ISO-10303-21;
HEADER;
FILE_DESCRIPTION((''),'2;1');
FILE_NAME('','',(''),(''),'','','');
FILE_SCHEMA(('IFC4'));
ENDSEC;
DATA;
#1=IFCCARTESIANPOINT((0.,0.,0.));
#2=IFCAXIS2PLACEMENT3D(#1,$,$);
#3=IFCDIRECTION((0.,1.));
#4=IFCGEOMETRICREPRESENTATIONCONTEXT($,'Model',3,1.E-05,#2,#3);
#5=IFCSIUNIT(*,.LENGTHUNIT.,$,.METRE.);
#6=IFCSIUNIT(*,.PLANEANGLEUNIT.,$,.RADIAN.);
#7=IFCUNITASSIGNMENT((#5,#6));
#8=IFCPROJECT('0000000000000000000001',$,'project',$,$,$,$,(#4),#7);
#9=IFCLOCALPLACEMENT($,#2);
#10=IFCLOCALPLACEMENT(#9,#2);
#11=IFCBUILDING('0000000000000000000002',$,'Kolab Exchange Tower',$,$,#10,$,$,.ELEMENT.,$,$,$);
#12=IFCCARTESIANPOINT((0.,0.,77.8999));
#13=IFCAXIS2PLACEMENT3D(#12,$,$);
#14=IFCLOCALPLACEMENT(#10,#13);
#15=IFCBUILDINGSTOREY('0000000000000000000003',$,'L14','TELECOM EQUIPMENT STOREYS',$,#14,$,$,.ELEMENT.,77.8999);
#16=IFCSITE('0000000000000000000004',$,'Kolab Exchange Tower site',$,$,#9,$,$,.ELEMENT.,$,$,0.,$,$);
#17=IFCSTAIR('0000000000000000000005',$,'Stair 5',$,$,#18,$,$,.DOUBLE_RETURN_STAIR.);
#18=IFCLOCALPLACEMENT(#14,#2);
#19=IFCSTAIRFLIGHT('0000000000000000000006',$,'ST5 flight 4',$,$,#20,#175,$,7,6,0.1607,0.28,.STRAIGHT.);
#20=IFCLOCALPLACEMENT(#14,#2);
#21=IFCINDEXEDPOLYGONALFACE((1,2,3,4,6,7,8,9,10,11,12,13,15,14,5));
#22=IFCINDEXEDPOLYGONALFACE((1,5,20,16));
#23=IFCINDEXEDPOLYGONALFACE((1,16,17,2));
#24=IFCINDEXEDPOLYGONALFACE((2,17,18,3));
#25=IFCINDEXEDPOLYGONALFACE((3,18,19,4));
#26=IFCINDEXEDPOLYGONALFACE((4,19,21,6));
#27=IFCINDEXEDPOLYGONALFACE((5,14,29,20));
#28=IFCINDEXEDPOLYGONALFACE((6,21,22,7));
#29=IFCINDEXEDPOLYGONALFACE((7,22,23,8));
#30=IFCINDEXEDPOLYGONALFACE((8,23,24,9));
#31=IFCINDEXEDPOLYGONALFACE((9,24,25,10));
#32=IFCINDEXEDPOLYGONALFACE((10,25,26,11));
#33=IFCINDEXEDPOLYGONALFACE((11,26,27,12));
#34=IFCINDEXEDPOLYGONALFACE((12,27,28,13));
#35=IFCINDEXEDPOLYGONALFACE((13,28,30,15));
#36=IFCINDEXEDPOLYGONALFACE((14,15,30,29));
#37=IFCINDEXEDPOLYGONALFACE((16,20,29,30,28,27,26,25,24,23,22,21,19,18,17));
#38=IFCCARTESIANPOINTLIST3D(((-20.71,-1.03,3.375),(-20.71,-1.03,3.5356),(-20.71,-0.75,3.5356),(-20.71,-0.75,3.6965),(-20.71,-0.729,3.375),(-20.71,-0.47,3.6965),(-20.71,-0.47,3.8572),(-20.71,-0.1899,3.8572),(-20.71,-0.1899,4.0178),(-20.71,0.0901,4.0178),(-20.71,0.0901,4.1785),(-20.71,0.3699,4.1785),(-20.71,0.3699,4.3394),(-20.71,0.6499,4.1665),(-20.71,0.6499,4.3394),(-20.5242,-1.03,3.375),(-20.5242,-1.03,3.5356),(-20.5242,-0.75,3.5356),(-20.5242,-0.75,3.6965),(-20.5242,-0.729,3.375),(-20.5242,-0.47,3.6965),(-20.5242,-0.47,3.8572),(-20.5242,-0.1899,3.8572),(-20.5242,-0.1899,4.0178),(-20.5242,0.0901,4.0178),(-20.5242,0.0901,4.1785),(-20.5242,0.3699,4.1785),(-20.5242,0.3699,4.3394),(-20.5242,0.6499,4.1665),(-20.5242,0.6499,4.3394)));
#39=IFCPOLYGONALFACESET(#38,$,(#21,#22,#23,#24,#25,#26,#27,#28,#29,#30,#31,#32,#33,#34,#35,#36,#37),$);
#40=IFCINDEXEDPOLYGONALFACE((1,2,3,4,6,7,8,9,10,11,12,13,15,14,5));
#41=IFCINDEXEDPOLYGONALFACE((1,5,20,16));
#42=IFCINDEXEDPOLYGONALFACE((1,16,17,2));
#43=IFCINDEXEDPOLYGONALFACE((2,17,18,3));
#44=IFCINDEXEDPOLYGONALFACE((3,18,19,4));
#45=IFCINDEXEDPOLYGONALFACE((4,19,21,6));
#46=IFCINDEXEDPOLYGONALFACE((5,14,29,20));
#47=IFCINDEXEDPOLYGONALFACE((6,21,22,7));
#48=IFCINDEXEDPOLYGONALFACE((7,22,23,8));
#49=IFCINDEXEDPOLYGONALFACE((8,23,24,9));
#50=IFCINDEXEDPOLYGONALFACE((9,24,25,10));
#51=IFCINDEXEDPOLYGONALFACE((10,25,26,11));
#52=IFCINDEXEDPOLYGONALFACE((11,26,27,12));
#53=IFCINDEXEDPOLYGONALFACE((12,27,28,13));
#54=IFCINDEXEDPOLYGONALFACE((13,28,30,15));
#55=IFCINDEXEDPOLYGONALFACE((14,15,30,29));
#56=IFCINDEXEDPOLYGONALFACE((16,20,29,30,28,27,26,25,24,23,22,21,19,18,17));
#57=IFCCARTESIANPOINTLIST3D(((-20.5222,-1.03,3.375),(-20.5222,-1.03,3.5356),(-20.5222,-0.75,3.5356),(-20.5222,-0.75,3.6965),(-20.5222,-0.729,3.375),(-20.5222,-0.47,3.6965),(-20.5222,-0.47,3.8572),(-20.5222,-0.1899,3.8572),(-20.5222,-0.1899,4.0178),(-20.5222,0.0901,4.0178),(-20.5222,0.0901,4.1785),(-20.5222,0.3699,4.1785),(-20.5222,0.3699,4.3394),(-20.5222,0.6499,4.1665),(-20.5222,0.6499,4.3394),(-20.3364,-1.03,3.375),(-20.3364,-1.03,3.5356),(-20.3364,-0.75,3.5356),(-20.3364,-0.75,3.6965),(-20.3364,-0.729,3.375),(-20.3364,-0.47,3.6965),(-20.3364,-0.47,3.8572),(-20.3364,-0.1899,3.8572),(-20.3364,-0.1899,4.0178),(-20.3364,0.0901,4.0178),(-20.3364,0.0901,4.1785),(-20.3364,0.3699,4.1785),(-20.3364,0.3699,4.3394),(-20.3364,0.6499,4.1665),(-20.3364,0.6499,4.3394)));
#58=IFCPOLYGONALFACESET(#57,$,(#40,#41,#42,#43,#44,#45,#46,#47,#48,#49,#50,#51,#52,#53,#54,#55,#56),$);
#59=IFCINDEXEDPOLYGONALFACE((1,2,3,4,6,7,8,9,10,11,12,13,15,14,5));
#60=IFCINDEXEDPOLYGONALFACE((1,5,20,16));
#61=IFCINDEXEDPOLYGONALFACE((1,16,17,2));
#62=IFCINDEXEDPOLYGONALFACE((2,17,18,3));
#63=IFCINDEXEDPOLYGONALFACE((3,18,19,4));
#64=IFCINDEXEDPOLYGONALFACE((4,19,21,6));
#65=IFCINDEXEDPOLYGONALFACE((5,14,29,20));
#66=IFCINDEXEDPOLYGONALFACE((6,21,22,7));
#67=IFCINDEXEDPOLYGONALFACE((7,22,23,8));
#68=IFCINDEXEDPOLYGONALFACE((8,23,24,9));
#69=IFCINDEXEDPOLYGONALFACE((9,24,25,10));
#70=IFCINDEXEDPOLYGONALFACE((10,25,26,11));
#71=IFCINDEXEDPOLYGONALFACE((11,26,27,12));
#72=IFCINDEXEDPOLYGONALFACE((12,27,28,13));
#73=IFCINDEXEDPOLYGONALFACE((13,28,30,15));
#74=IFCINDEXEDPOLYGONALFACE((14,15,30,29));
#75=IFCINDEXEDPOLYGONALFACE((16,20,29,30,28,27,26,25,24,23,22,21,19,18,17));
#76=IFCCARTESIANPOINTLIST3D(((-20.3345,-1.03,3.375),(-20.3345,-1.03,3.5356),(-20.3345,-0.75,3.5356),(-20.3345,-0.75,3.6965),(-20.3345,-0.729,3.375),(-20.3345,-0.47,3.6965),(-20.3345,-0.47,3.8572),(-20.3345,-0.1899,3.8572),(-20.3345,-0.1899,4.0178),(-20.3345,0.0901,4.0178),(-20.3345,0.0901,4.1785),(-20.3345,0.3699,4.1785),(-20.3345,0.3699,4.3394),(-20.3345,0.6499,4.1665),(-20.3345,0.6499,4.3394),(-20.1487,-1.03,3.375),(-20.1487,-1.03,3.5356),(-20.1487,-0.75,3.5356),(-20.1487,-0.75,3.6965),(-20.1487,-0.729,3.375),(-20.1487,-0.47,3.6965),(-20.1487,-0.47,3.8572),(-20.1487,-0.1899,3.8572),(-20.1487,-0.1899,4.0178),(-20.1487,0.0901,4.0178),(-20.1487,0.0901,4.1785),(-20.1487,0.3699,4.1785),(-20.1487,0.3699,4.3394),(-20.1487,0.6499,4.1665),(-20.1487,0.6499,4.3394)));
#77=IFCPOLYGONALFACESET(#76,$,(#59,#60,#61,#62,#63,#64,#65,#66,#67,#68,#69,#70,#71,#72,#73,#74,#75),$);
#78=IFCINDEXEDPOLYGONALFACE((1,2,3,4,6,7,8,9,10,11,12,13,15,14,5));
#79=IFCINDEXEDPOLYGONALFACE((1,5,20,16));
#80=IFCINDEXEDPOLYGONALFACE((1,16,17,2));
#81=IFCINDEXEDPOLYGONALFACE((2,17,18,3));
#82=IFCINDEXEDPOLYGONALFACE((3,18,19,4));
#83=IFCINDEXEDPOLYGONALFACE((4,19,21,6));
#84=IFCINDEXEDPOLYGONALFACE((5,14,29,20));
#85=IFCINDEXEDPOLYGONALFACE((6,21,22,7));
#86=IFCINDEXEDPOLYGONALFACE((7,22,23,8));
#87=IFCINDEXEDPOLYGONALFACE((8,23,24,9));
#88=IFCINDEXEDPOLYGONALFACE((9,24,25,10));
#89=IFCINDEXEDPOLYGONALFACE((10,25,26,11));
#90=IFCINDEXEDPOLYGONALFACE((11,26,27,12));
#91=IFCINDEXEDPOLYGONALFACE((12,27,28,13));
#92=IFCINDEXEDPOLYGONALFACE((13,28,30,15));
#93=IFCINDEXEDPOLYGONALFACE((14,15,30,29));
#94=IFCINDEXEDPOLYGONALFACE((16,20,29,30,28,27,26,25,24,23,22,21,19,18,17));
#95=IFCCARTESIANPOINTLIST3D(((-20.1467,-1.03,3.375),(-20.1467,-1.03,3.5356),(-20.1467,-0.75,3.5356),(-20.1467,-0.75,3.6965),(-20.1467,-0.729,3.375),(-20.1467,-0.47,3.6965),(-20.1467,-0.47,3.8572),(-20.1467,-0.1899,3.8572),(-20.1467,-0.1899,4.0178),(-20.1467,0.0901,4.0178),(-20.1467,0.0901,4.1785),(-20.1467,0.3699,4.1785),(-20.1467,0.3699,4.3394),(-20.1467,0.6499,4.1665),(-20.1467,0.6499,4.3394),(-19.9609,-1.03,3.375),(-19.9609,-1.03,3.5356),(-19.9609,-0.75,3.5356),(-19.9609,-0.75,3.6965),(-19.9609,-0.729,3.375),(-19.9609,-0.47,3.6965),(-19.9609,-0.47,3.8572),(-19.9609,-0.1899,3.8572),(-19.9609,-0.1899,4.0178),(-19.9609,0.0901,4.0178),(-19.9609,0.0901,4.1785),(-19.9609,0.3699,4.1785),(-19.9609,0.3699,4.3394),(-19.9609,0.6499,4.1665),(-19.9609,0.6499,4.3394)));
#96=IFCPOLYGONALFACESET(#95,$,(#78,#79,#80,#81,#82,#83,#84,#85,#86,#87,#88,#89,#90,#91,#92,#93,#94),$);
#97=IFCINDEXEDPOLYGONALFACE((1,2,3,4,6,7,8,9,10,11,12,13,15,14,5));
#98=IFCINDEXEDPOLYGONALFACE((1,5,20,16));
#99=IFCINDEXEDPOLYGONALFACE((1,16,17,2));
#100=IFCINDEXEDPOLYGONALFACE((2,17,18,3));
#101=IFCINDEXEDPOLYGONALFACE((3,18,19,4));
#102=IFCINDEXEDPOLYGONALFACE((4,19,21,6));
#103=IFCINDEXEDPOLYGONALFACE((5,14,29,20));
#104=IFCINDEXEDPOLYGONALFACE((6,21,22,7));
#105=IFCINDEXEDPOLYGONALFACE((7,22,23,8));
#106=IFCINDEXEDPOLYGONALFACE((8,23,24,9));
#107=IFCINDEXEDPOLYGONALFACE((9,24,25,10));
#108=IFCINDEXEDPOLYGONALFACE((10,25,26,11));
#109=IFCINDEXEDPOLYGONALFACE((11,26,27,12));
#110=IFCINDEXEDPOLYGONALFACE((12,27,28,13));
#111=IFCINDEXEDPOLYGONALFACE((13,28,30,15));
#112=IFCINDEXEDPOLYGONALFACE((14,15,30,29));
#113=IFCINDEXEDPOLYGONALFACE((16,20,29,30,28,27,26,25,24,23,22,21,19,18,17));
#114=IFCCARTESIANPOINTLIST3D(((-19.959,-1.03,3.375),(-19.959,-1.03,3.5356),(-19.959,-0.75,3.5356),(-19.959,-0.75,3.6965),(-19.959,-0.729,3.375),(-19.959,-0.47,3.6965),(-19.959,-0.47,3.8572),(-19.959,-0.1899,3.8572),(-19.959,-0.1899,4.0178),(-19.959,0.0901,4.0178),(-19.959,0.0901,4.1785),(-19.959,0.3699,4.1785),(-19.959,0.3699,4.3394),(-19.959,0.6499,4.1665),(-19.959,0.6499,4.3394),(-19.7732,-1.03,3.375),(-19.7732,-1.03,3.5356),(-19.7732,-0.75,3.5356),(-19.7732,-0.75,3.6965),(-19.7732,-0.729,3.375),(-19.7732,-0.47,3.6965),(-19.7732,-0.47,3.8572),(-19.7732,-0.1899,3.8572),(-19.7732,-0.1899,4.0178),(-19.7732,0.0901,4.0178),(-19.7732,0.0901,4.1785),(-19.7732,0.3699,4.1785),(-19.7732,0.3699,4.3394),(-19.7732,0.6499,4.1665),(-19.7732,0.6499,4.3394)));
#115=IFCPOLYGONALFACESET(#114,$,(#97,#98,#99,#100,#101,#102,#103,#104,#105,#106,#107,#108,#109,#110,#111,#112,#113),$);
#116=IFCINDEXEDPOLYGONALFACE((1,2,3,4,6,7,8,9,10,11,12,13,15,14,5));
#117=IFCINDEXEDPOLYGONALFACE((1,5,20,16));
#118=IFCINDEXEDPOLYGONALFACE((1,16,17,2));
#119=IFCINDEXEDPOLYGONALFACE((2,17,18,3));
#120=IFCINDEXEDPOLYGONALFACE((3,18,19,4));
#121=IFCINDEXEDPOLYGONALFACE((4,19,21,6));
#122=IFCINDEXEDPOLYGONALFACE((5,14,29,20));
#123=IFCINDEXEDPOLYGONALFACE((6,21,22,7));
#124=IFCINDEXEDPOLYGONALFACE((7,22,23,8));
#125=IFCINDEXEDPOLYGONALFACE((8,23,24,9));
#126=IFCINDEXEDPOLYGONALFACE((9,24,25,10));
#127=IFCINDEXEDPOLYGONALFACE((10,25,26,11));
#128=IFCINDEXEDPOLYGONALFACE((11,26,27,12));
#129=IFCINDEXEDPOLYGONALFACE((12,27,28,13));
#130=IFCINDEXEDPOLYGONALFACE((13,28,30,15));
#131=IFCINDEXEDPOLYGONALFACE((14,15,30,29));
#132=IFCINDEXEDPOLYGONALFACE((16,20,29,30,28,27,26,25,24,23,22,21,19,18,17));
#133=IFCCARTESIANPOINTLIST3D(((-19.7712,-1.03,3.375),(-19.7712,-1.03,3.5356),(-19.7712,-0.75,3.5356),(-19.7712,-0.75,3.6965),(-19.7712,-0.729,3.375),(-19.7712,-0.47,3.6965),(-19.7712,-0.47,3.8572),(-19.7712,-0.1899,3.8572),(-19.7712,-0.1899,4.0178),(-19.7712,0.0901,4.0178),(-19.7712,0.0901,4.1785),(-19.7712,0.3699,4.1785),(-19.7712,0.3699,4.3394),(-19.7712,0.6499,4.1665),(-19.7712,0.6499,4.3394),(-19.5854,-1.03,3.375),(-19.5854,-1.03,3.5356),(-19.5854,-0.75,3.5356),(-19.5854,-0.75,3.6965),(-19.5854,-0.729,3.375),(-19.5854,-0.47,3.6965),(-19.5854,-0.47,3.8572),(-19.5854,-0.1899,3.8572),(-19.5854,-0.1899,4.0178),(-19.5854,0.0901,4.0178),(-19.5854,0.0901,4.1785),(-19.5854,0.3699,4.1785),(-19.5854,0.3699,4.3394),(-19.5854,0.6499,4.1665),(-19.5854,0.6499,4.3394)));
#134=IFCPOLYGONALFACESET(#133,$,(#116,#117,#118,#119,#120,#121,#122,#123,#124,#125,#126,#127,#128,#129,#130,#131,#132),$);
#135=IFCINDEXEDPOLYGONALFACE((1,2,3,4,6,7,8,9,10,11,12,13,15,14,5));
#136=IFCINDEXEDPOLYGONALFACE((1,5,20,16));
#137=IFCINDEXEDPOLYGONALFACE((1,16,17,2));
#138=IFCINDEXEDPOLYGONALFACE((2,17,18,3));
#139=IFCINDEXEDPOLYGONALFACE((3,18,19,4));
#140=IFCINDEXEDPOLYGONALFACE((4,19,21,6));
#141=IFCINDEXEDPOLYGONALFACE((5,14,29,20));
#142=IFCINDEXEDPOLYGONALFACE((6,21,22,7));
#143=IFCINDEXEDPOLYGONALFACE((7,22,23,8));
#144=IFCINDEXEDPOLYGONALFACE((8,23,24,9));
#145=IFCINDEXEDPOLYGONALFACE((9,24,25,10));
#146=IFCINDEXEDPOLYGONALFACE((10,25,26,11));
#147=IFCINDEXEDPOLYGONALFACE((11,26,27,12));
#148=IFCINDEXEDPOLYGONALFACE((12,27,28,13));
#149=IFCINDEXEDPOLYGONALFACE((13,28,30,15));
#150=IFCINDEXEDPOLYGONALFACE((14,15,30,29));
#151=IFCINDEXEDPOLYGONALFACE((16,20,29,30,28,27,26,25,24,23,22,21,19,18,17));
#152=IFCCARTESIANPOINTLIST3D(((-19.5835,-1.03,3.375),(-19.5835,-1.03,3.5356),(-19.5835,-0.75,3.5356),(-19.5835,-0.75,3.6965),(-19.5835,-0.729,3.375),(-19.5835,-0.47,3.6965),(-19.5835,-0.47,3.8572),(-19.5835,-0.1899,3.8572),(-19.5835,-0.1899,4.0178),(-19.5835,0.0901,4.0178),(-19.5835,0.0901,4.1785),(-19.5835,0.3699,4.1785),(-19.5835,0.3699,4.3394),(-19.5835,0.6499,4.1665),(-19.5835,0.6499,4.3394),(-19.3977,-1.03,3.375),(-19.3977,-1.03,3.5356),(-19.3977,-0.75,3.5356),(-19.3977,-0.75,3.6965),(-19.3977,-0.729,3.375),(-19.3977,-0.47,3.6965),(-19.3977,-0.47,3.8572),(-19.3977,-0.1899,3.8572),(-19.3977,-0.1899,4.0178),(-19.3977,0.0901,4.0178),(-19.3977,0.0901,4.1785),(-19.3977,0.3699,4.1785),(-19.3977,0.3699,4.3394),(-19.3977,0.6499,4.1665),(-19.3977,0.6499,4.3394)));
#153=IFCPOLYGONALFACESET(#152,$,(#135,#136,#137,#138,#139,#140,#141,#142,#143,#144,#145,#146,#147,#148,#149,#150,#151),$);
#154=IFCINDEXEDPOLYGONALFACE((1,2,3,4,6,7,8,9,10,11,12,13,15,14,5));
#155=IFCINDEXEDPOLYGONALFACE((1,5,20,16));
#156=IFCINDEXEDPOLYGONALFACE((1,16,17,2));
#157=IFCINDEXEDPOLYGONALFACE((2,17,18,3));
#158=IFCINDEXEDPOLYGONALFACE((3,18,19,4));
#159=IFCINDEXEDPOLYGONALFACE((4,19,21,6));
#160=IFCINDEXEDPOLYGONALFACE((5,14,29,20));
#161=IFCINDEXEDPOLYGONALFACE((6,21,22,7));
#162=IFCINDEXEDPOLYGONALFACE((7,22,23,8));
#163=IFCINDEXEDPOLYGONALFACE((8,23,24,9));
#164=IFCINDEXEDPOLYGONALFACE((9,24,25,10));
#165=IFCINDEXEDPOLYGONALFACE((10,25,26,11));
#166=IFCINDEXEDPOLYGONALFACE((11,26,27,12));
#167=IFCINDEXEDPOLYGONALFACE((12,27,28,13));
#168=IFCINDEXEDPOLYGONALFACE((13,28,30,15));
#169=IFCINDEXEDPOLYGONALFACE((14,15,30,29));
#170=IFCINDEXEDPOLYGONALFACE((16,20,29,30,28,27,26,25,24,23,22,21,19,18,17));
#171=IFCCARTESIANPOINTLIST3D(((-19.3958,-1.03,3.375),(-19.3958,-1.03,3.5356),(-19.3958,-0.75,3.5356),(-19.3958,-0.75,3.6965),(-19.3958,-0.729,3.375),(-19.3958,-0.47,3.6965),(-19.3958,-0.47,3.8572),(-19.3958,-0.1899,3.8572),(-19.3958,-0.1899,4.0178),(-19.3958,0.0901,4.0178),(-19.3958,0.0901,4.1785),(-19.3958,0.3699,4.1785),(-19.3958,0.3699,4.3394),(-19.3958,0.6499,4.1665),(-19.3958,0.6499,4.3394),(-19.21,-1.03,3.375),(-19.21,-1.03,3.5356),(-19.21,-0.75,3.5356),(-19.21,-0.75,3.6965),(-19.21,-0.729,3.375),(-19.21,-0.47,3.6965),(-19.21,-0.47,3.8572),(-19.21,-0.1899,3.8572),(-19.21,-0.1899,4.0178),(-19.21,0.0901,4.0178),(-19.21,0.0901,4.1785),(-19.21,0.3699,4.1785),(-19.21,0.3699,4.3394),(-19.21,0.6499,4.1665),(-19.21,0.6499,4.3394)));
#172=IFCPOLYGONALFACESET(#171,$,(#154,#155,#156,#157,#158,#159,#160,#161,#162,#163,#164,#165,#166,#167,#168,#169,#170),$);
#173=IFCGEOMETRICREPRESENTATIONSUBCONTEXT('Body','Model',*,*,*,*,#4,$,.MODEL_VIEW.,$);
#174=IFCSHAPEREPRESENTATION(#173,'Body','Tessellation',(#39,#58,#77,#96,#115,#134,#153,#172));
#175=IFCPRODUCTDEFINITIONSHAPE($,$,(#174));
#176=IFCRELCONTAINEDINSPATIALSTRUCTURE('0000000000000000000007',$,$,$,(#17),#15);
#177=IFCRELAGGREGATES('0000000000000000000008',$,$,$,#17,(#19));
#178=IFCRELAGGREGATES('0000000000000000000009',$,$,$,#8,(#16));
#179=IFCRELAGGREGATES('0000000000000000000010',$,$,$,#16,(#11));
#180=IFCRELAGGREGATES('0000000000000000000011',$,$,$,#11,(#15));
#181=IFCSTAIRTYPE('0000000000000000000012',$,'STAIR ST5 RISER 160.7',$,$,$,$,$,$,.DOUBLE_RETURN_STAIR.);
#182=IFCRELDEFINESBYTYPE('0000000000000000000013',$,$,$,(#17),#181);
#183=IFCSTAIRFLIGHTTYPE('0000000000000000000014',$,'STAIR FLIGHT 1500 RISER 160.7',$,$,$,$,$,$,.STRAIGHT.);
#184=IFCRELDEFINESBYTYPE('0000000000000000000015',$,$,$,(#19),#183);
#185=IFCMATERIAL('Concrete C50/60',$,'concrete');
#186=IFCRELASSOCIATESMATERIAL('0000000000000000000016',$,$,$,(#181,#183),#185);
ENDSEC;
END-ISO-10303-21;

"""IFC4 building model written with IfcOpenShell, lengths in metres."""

from ifc_helpers import new_model, si_unit, direction, frame, origin, place, context, subcontext, project, spatial, polyline, outline, extrude, material, type_object, element, aggregate, save


model = new_model("IFC4")

# Units and contexts
model_context = context("Model", 3, precision=1e-05, world=origin(), true_north=direction((0.0, 1.0)))
body_context = subcontext(model_context, "Body", "Model", "MODEL_VIEW")
ifc_project = project(units=[si_unit("LENGTHUNIT", "METRE"), si_unit("PLANEANGLEUNIT", "RADIAN")], contexts=[model_context])

# Site, building, storey
site_placement = place(None, origin())
site = spatial("IfcSite", under=ifc_project, at=site_placement, Name="Kolab Exchange Tower site", CompositionType="ELEMENT", RefElevation=0.0)
building_placement = place(site_placement, origin())
building = spatial("IfcBuilding", under=site, at=building_placement, Name="Kolab Exchange Tower", CompositionType="ELEMENT")
storey_placement = place(building_placement, frame((0.0, 0.0, 77.8999)))
storey = spatial("IfcBuildingStorey", under=building, at=storey_placement, Name="L14", Description="TELECOM EQUIPMENT STOREYS", CompositionType="ELEMENT", Elevation=77.8999)

# Shared definitions
ifc_material_1 = material(Name="Concrete C50/60", Category="concrete")

# Stair, stair flight
stair_type = type_object("IfcStairType", Name="STAIR ST5 RISER 160.7", PredefinedType="DOUBLE_RETURN_STAIR", material=ifc_material_1)
stair_placement = place(storey_placement, origin())
stair = element("IfcStair", 1, at=stair_placement, inside=storey, type_object=stair_type, Name="Stair 5", PredefinedType="DOUBLE_RETURN_STAIR")
stair_flight_type = type_object("IfcStairFlightType", Name="STAIR FLIGHT 1500 RISER 160.7", PredefinedType="STRAIGHT", material=ifc_material_1)
stair_flight_1_placement = place(storey_placement, frame((-19.96, -1.03, 3.375), z_axis=(0.0, 0.0, 1.0), x_axis=(0.0, 1.0, 0.0)))
stair_flight_1 = element("IfcStairFlight", 2, at=stair_flight_1_placement, type_object=stair_flight_type, Name="ST5 flight 4", NumberOfRisers=7, NumberOfTreads=6, PredefinedType="STRAIGHT", RiserHeight=0.1607, TreadLength=0.28, context=body_context, shape_type="SweptSolid", body=[
    extrude(outline(polyline([(0.0, 0.0), (0.0, 0.1606), (0.28, 0.1606), (0.28, 0.3215), (0.5601, 0.3215), (0.5601, 0.4822), (0.8401, 0.4822), (0.8401, 0.6428), (1.1201, 0.6428), (1.1201, 0.8035), (1.3999, 0.8035), (1.3999, 0.9644), (1.6799, 0.9644), (1.6799, 1.125), (1.6799, 0.7915), (0.301, 0.0), (0.0, 0.0)])), frame((0.0, 0.75, 0.0), z_axis=(0.0, -1.0, 0.0), x_axis=(1.0, 0.0, 0.0)), (0.0, 0.0, 1.0), 0.1858),
    extrude(outline(polyline([(0.0, 0.0), (0.0, 0.1606), (0.28, 0.1606), (0.28, 0.3215), (0.5601, 0.3215), (0.5601, 0.4822), (0.8401, 0.4822), (0.8401, 0.6428), (1.1201, 0.6428), (1.1201, 0.8035), (1.3999, 0.8035), (1.3999, 0.9644), (1.6799, 0.9644), (1.6799, 1.125), (1.6799, 0.7915), (0.301, 0.0), (0.0, 0.0)])), frame((0.0, 0.5623, 0.0), z_axis=(0.0, -1.0, 0.0), x_axis=(1.0, 0.0, 0.0)), (0.0, 0.0, 1.0), 0.1858),
    extrude(outline(polyline([(0.0, 0.0), (0.0, 0.1606), (0.28, 0.1606), (0.28, 0.3215), (0.5601, 0.3215), (0.5601, 0.4822), (0.8401, 0.4822), (0.8401, 0.6428), (1.1201, 0.6428), (1.1201, 0.8035), (1.3999, 0.8035), (1.3999, 0.9644), (1.6799, 0.9644), (1.6799, 1.125), (1.6799, 0.7915), (0.301, 0.0), (0.0, 0.0)])), frame((0.0, 0.3745, 0.0), z_axis=(0.0, -1.0, 0.0), x_axis=(1.0, 0.0, 0.0)), (0.0, 0.0, 1.0), 0.1858),
    extrude(outline(polyline([(0.0, 0.0), (0.0, 0.1606), (0.28, 0.1606), (0.28, 0.3215), (0.5601, 0.3215), (0.5601, 0.4822), (0.8401, 0.4822), (0.8401, 0.6428), (1.1201, 0.6428), (1.1201, 0.8035), (1.3999, 0.8035), (1.3999, 0.9644), (1.6799, 0.9644), (1.6799, 1.125), (1.6799, 0.7915), (0.301, 0.0), (0.0, 0.0)])), frame((0.0, 0.1868, 0.0), z_axis=(0.0, -1.0, 0.0), x_axis=(1.0, 0.0, 0.0)), (0.0, 0.0, 1.0), 0.1858),
    extrude(outline(polyline([(0.0, 0.0), (0.0, 0.1606), (0.28, 0.1606), (0.28, 0.3215), (0.5601, 0.3215), (0.5601, 0.4822), (0.8401, 0.4822), (0.8401, 0.6428), (1.1201, 0.6428), (1.1201, 0.8035), (1.3999, 0.8035), (1.3999, 0.9644), (1.6799, 0.9644), (1.6799, 1.125), (1.6799, 0.7915), (0.301, 0.0), (0.0, 0.0)])), frame((0.0, -0.001, 0.0), z_axis=(0.0, -1.0, 0.0), x_axis=(1.0, 0.0, 0.0)), (0.0, 0.0, 1.0), 0.1858),
    extrude(outline(polyline([(0.0, 0.0), (0.0, 0.1606), (0.28, 0.1606), (0.28, 0.3215), (0.5601, 0.3215), (0.5601, 0.4822), (0.8401, 0.4822), (0.8401, 0.6428), (1.1201, 0.6428), (1.1201, 0.8035), (1.3999, 0.8035), (1.3999, 0.9644), (1.6799, 0.9644), (1.6799, 1.125), (1.6799, 0.7915), (0.301, 0.0), (0.0, 0.0)])), frame((0.0, -0.1887, 0.0), z_axis=(0.0, -1.0, 0.0), x_axis=(1.0, 0.0, 0.0)), (0.0, 0.0, 1.0), 0.1858),
    extrude(outline(polyline([(0.0, 0.0), (0.0, 0.1606), (0.28, 0.1606), (0.28, 0.3215), (0.5601, 0.3215), (0.5601, 0.4822), (0.8401, 0.4822), (0.8401, 0.6428), (1.1201, 0.6428), (1.1201, 0.8035), (1.3999, 0.8035), (1.3999, 0.9644), (1.6799, 0.9644), (1.6799, 1.125), (1.6799, 0.7915), (0.301, 0.0), (0.0, 0.0)])), frame((0.0, -0.3765, 0.0), z_axis=(0.0, -1.0, 0.0), x_axis=(1.0, 0.0, 0.0)), (0.0, 0.0, 1.0), 0.1858),
    extrude(outline(polyline([(0.0, 0.0), (0.0, 0.1606), (0.28, 0.1606), (0.28, 0.3215), (0.5601, 0.3215), (0.5601, 0.4822), (0.8401, 0.4822), (0.8401, 0.6428), (1.1201, 0.6428), (1.1201, 0.8035), (1.3999, 0.8035), (1.3999, 0.9644), (1.6799, 0.9644), (1.6799, 1.125), (1.6799, 0.7915), (0.301, 0.0), (0.0, 0.0)])), frame((0.0, -0.5642, 0.0), z_axis=(0.0, -1.0, 0.0), x_axis=(1.0, 0.0, 0.0)), (0.0, 0.0, 1.0), 0.1858),
])
aggregate(stair, [stair_flight_1])

save(model, "model.ifc")
